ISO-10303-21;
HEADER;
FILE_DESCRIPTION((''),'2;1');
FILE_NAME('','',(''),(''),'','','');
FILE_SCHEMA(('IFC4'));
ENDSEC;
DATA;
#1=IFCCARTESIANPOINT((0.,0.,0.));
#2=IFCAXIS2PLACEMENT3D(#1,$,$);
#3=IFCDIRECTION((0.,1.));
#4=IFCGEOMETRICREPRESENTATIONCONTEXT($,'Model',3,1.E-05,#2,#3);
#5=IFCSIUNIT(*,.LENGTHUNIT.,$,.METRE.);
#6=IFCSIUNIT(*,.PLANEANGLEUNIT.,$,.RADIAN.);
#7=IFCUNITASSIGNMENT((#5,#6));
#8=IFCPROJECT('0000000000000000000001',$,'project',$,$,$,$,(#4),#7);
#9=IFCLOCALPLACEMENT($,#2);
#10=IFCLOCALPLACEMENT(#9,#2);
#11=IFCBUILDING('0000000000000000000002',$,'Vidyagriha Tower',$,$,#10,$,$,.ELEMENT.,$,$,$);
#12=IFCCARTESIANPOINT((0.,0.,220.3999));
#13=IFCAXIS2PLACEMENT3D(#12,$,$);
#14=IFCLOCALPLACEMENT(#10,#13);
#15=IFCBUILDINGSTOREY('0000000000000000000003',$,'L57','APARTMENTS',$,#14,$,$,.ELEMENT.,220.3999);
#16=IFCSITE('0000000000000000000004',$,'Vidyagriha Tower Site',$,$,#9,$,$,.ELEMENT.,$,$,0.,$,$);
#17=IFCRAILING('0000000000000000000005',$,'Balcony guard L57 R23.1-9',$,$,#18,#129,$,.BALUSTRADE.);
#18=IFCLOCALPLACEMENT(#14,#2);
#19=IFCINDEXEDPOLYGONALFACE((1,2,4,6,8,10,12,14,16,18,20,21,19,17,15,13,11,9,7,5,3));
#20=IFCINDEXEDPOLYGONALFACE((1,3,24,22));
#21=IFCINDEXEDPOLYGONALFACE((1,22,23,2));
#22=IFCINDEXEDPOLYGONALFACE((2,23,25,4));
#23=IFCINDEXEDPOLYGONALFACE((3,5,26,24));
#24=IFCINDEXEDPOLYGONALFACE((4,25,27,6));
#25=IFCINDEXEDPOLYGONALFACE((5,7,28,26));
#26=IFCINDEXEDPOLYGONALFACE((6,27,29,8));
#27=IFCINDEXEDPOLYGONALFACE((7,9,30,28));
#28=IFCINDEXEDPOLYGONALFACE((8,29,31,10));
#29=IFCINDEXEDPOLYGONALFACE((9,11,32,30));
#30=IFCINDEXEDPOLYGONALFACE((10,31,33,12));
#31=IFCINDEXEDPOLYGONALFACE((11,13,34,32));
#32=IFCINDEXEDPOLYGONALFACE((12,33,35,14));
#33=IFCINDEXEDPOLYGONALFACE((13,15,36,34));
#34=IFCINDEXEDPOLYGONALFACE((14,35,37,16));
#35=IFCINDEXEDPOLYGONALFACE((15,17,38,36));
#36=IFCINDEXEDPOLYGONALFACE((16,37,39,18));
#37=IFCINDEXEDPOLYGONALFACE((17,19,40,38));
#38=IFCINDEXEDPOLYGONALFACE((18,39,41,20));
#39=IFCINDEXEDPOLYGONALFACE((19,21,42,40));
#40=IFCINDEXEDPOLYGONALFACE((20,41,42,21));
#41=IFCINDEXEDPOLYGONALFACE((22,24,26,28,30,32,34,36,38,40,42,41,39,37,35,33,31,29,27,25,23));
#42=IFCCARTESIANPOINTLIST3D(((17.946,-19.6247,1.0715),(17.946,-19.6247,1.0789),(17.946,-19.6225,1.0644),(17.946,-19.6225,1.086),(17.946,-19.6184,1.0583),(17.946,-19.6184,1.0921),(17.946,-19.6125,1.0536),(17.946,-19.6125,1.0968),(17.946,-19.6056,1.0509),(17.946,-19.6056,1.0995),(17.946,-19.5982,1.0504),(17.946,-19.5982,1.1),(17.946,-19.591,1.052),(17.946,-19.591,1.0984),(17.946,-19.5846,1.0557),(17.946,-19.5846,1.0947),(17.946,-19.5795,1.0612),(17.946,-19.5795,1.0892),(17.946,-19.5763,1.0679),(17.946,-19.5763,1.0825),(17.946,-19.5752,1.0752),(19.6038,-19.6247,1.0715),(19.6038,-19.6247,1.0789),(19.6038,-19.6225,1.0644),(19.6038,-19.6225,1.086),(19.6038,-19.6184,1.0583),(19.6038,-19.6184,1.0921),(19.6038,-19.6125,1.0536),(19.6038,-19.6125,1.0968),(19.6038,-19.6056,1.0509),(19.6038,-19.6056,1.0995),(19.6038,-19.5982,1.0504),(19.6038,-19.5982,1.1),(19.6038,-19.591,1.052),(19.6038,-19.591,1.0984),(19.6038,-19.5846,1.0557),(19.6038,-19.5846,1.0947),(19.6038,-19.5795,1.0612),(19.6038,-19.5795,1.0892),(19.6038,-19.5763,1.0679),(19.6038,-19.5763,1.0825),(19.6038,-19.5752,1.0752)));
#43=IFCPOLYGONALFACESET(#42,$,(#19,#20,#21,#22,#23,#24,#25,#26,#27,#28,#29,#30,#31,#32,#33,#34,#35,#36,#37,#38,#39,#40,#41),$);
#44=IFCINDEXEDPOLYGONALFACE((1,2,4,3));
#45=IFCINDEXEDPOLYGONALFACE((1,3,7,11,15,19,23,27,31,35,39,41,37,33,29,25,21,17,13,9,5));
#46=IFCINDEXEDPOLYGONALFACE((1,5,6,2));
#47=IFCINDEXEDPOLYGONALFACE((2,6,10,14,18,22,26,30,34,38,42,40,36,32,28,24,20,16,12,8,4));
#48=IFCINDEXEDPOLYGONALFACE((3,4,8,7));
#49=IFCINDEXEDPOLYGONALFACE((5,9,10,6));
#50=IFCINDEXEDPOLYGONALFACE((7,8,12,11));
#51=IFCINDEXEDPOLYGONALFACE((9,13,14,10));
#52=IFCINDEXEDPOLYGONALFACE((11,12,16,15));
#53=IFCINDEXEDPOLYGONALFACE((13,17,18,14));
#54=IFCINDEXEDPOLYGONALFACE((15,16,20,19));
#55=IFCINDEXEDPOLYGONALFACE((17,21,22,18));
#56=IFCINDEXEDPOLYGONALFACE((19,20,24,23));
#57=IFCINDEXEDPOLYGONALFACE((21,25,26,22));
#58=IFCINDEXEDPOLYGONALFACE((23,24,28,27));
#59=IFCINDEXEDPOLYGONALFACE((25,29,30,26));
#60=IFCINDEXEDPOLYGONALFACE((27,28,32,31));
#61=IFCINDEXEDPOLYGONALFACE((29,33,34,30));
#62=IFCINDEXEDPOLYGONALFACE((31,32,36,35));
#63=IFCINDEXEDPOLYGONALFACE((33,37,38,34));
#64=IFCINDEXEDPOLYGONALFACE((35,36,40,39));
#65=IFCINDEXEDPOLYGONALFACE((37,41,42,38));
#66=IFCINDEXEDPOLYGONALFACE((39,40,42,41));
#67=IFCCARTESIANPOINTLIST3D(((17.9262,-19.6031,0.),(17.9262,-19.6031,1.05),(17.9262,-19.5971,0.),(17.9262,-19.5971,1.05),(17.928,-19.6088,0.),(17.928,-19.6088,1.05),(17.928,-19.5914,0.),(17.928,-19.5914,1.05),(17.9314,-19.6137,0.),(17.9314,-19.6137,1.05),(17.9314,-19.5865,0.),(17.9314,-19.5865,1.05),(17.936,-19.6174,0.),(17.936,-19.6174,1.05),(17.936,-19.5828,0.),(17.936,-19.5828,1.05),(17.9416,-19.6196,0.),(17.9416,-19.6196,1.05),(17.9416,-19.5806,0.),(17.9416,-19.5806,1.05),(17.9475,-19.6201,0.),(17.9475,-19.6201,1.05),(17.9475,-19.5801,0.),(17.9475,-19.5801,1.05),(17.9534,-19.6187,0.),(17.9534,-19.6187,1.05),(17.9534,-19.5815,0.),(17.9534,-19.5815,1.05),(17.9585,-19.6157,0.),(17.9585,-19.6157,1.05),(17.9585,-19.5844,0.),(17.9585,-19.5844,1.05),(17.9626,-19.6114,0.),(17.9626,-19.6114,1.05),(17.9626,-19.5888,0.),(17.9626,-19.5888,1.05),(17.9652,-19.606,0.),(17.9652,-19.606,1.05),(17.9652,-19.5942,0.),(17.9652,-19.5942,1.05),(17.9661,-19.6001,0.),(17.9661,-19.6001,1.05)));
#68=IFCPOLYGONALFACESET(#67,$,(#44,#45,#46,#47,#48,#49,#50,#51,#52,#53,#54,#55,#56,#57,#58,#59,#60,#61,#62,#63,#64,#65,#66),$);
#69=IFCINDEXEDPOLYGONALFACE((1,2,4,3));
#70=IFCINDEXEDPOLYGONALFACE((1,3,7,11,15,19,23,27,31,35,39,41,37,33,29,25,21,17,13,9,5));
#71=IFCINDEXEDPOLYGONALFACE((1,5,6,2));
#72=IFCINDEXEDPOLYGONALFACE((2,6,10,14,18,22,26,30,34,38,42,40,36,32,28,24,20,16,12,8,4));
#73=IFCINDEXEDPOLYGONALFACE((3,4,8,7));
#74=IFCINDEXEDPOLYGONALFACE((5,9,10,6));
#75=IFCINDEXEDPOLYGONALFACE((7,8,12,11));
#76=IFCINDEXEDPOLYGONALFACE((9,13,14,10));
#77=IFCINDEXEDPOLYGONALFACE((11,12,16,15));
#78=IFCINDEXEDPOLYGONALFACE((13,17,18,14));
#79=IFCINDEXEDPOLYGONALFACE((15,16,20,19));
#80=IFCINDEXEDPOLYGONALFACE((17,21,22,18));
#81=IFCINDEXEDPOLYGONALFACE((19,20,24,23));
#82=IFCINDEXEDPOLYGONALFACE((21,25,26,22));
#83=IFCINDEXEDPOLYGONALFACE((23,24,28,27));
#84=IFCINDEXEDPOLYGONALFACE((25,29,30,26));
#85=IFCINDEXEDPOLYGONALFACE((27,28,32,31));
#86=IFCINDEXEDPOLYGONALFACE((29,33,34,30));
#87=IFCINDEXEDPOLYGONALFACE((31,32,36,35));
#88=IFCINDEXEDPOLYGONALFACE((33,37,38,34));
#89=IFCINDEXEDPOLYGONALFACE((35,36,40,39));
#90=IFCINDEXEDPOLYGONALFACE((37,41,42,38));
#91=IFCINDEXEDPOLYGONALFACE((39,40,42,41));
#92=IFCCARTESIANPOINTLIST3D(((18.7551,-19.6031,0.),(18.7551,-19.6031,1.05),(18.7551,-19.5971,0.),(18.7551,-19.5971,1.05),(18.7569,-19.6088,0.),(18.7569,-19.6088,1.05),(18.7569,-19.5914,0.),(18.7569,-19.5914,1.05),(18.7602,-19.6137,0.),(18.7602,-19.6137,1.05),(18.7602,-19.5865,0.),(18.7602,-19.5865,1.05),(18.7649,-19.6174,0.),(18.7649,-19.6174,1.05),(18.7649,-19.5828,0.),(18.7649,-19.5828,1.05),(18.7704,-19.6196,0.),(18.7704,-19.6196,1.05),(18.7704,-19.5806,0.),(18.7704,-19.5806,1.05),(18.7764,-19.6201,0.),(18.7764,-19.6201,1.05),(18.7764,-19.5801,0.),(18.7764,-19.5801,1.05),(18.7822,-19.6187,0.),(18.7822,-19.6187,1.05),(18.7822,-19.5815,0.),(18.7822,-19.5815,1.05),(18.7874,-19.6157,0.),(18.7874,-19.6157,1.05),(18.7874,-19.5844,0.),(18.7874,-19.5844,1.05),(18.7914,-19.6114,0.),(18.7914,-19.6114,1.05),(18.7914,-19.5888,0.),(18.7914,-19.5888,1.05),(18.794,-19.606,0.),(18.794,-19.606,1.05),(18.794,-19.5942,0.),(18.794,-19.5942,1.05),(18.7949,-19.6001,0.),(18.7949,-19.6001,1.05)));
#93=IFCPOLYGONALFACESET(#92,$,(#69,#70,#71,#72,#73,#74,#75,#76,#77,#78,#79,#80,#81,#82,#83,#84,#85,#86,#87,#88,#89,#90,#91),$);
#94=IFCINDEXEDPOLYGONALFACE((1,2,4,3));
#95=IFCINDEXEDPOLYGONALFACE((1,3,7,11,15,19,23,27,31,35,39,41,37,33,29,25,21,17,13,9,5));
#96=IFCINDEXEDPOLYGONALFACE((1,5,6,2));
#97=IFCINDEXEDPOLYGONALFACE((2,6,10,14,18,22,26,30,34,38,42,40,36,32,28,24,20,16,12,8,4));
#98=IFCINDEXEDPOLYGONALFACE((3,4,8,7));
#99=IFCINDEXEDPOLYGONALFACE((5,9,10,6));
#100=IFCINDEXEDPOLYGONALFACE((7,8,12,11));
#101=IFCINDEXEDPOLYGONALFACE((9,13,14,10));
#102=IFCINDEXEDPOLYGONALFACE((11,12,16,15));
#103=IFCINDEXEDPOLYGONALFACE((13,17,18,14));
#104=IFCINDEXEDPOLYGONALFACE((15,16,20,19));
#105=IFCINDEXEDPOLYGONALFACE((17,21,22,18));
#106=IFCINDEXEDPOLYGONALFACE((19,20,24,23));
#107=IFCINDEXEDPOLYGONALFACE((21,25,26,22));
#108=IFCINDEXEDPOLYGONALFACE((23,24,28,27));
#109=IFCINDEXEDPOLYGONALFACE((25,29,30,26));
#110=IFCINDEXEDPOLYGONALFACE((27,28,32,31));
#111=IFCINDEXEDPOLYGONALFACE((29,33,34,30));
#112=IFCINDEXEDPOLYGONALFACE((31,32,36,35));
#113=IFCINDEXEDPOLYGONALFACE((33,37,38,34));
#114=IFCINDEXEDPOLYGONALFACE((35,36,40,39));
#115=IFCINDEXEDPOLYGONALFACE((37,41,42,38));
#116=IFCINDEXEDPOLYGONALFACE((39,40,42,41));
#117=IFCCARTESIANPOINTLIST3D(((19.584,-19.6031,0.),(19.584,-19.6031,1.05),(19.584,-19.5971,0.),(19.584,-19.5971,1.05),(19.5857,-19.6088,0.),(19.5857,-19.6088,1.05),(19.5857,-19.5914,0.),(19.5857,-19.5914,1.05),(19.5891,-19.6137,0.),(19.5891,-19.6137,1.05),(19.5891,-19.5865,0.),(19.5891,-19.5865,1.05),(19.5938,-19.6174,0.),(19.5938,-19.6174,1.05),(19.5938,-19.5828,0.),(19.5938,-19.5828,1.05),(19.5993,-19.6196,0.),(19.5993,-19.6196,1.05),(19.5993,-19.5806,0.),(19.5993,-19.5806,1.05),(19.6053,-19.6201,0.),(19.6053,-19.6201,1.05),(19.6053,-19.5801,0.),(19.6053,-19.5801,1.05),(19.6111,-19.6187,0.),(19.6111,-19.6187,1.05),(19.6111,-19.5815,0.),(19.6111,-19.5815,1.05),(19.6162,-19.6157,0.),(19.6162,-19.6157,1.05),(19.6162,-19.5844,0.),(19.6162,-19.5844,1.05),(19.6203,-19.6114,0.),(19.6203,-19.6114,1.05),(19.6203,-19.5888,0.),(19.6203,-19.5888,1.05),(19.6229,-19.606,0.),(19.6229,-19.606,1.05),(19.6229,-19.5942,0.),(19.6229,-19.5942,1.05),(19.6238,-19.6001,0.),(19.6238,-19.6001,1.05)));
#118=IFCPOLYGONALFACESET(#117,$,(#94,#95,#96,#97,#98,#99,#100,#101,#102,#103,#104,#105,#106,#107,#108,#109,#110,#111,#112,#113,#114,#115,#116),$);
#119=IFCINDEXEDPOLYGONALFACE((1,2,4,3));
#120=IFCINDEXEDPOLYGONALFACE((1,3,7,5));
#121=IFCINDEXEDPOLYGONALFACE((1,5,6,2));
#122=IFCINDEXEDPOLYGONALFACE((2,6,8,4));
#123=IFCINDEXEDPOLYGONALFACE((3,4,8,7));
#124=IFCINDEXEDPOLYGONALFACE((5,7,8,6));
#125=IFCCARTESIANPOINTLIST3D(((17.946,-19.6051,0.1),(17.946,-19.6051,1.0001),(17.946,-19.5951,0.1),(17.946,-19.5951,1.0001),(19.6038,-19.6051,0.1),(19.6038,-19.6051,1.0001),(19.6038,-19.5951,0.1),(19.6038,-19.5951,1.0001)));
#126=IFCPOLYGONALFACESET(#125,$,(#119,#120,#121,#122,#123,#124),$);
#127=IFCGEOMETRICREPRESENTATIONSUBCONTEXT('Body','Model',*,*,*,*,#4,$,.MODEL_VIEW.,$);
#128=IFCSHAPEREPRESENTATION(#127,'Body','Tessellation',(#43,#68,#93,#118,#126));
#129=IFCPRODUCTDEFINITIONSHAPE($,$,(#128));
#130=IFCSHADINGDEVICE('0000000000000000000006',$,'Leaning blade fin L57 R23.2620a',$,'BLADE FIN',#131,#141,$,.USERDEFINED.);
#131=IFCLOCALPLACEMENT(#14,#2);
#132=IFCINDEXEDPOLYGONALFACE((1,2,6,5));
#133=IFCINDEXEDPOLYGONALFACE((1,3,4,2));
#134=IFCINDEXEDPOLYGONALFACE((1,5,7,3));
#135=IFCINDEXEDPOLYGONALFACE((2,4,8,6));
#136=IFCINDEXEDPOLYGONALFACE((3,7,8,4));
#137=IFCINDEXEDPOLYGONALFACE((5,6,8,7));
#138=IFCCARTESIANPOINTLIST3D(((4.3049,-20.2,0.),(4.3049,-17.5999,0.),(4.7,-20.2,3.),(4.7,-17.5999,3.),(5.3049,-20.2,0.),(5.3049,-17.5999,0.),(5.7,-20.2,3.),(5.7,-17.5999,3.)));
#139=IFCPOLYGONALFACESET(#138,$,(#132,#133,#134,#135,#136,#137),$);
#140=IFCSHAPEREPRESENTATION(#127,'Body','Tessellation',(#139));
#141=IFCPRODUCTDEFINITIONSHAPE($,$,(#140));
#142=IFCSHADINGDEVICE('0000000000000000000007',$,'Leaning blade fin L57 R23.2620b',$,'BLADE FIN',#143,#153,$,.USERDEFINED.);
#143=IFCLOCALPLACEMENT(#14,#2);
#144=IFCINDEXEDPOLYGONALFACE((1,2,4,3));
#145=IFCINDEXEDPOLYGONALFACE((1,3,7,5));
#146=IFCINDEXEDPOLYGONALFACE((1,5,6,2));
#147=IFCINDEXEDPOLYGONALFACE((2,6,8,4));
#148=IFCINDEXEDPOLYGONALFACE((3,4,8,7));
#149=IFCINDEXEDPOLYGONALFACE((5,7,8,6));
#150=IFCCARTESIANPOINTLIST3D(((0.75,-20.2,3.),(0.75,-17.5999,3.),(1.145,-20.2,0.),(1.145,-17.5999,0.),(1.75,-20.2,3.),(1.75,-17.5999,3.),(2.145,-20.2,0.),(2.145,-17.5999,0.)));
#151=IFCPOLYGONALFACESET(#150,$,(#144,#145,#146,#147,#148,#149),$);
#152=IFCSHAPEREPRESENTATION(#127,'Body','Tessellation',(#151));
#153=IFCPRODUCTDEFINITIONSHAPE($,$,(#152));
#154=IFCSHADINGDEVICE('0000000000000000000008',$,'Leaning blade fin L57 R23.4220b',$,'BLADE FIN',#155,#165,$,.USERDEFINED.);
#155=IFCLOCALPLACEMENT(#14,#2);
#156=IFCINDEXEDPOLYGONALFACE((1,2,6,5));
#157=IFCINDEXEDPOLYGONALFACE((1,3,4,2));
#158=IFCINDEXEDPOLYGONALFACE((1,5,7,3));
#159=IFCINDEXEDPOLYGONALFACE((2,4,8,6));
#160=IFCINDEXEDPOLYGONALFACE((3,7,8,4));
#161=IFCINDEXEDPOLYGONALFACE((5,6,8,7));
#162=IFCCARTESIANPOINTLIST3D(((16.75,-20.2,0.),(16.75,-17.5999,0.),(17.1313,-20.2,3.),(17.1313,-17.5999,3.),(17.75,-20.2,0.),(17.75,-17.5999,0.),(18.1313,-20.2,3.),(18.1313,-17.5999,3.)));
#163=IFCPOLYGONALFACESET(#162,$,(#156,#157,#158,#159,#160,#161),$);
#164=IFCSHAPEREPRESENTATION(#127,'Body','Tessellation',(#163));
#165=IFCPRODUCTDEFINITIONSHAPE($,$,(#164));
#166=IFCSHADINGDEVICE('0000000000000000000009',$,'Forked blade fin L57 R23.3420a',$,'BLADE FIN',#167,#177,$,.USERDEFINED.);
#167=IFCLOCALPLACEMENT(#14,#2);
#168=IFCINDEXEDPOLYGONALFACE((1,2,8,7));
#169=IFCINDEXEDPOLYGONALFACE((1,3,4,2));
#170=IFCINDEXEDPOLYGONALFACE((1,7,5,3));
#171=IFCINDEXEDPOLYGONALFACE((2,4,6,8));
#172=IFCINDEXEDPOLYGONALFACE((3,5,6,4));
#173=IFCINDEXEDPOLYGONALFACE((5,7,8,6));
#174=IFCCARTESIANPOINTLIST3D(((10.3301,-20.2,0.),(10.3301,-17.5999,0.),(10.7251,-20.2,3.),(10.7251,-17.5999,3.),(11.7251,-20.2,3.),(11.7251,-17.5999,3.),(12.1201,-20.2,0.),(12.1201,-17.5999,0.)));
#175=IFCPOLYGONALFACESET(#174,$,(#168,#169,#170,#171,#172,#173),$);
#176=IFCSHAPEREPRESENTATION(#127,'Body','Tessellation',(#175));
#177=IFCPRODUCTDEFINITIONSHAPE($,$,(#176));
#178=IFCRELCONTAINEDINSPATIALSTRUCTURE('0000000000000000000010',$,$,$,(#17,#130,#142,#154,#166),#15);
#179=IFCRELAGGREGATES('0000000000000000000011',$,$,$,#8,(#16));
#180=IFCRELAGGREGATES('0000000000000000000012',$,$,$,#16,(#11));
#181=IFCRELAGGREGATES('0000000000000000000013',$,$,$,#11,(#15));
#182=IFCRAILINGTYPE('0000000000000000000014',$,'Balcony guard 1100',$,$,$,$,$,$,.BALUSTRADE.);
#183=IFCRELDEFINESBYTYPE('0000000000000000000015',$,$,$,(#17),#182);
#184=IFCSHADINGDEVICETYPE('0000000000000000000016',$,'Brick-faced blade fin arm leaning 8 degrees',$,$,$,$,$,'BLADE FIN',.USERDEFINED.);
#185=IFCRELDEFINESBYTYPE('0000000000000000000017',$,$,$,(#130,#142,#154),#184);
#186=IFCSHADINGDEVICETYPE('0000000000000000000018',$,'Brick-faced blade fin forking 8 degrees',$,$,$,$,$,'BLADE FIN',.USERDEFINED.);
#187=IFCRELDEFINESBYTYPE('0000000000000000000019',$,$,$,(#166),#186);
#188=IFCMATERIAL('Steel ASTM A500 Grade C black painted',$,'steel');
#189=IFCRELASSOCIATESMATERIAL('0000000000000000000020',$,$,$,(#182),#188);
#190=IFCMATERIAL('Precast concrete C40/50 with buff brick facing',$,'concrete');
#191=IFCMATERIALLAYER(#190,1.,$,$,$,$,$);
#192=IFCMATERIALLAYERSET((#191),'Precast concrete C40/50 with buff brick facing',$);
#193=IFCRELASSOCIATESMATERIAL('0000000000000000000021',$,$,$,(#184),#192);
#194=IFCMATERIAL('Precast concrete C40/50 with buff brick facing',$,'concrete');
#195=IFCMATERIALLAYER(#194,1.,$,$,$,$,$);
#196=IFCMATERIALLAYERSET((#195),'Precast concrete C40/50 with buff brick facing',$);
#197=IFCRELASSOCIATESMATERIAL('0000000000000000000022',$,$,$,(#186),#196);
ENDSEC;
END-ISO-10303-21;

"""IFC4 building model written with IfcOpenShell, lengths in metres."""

from ifc_helpers import new_model, si_unit, direction, frame, origin, origin_2d, place, context, subcontext, project, spatial, polyline, rectangle, circle, outline, extrude, material, layer, layer_set, type_object, element, save


model = new_model("IFC4")

# Units and contexts
model_context = context("Model", 3, precision=1e-05, world=origin(), true_north=direction((0.0, 1.0)))
body_context = subcontext(model_context, "Body", "Model", "MODEL_VIEW")
ifc_project = project(units=[si_unit("LENGTHUNIT", "METRE"), si_unit("PLANEANGLEUNIT", "RADIAN")], contexts=[model_context])

# Site, building, storey
site_placement = place(None, origin())
site = spatial("IfcSite", under=ifc_project, at=site_placement, Name="Vidyagriha Tower Site", CompositionType="ELEMENT", RefElevation=0.0)
building_placement = place(site_placement, origin())
building = spatial("IfcBuilding", under=site, at=building_placement, Name="Vidyagriha Tower", CompositionType="ELEMENT")
storey_placement = place(building_placement, frame((0.0, 0.0, 220.3999)))
storey = spatial("IfcBuildingStorey", under=building, at=storey_placement, Name="L57", Description="APARTMENTS", CompositionType="ELEMENT", Elevation=220.3999)

# Railing
ifc_material_1 = material(Name="Steel ASTM A500 Grade C black painted", Category="steel")
railing_type = type_object("IfcRailingType", Name="Balcony guard 1100", PredefinedType="BALUSTRADE", material=ifc_material_1)
railing_1_placement = place(storey_placement, frame((17.946, -19.6001, 0.0)))
element("IfcRailing", 1, at=railing_1_placement, inside=storey, type_object=railing_type, Name="Balcony guard L57 R23.1-9", PredefinedType="BALUSTRADE", context=body_context, shape_type="SweptSolid", body=[
    extrude(circle(Radius=0.0249, at=origin_2d()), frame((0.0, 0.0, 1.0752), z_axis=(1.0, 0.0, 0.0), x_axis=(0.0, 1.0, 0.0)), (0.0, 0.0, 1.0), 1.6577),
    extrude(circle(Radius=0.02, at=origin_2d()), origin(), (0.0, 0.0, 1.0), 1.05),
    extrude(circle(Radius=0.02, at=origin_2d()), frame((0.8289, 0.0, 0.0)), (0.0, 0.0, 1.0), 1.05),
    extrude(circle(Radius=0.02, at=origin_2d()), frame((1.6577, 0.0, 0.0)), (0.0, 0.0, 1.0), 1.05),
    extrude(rectangle(XDim=0.01, YDim=0.9001, at=origin_2d()), frame((0.0, 0.0, 0.55), z_axis=(1.0, 0.0, 0.0), x_axis=(0.0, 1.0, 0.0)), (0.0, 0.0, 1.0), 1.6577),
])

# Shading devices
ifc_material_2 = material(Name="Precast concrete C40/50 with buff brick facing", Category="concrete")
ifc_layer_1 = layer(ifc_material_2, 1.0)
ifc_layer_set_1 = layer_set([ifc_layer_1], Name="Precast concrete C40/50 with buff brick facing")
shading_device_type_1 = type_object("IfcShadingDeviceType", Name="Brick-faced blade fin arm leaning 8 degrees", ElementType="BLADE FIN", PredefinedType="USERDEFINED", material=ifc_layer_set_1)
shading_device_1_placement = place(storey_placement, frame((4.3049, -18.8999, 0.0)))
element("IfcShadingDevice", 2, at=shading_device_1_placement, inside=storey, type_object=shading_device_type_1, Name="Leaning blade fin L57 R23.2620a", ObjectType="BLADE FIN", PredefinedType="USERDEFINED", context=body_context, shape_type="SweptSolid", body=[
    extrude(outline(polyline([(0.0, 0.0), (1.0, 0.0), (1.395, 3.0), (0.395, 3.0), (0.0, 0.0)])), frame((0.0, 1.3, 0.0), z_axis=(0.0, -1.0, 0.0), x_axis=(1.0, 0.0, 0.0)), (0.0, 0.0, 1.0), 2.6001),
])
shading_device_2_placement = place(storey_placement, frame((0.75, -18.8999, 0.0)))
element("IfcShadingDevice", 3, at=shading_device_2_placement, inside=storey, type_object=shading_device_type_1, Name="Leaning blade fin L57 R23.2620b", ObjectType="BLADE FIN", PredefinedType="USERDEFINED", context=body_context, shape_type="SweptSolid", body=[
    extrude(outline(polyline([(0.395, 0.0), (1.395, 0.0), (1.0, 3.0), (0.0, 3.0), (0.395, 0.0)])), frame((0.0, 1.3, 0.0), z_axis=(0.0, -1.0, 0.0), x_axis=(1.0, 0.0, 0.0)), (0.0, 0.0, 1.0), 2.6001),
])
shading_device_3_placement = place(storey_placement, frame((16.75, -18.8999, 0.0)))
element("IfcShadingDevice", 4, at=shading_device_3_placement, inside=storey, type_object=shading_device_type_1, Name="Leaning blade fin L57 R23.4220b", ObjectType="BLADE FIN", PredefinedType="USERDEFINED", context=body_context, shape_type="SweptSolid", body=[
    extrude(outline(polyline([(0.0, 0.0), (1.0, 0.0), (1.3813, 3.0), (0.3813, 3.0), (0.0, 0.0)])), frame((0.0, 1.3, 0.0), z_axis=(0.0, -1.0, 0.0), x_axis=(1.0, 0.0, 0.0)), (0.0, 0.0, 1.0), 2.6001),
])
ifc_material_3 = material(Name="Precast concrete C40/50 with buff brick facing", Category="concrete")
ifc_layer_2 = layer(ifc_material_3, 1.0)
ifc_layer_set_2 = layer_set([ifc_layer_2], Name="Precast concrete C40/50 with buff brick facing")
shading_device_type_2 = type_object("IfcShadingDeviceType", Name="Brick-faced blade fin forking 8 degrees", ElementType="BLADE FIN", PredefinedType="USERDEFINED", material=ifc_layer_set_2)
shading_device_4_placement = place(storey_placement, frame((10.3301, -18.8999, 0.0)))
element("IfcShadingDevice", 5, at=shading_device_4_placement, inside=storey, type_object=shading_device_type_2, Name="Forked blade fin L57 R23.3420a", ObjectType="BLADE FIN", PredefinedType="USERDEFINED", context=body_context, shape_type="SweptSolid", body=[
    extrude(outline(polyline([(0.0, 0.0), (1.79, 0.0), (1.395, 3.0), (0.395, 3.0), (0.0, 0.0)])), frame((0.0, 1.3, 0.0), z_axis=(0.0, -1.0, 0.0), x_axis=(1.0, 0.0, 0.0)), (0.0, 0.0, 1.0), 2.6001),
])

save(model, "model.ifc")
